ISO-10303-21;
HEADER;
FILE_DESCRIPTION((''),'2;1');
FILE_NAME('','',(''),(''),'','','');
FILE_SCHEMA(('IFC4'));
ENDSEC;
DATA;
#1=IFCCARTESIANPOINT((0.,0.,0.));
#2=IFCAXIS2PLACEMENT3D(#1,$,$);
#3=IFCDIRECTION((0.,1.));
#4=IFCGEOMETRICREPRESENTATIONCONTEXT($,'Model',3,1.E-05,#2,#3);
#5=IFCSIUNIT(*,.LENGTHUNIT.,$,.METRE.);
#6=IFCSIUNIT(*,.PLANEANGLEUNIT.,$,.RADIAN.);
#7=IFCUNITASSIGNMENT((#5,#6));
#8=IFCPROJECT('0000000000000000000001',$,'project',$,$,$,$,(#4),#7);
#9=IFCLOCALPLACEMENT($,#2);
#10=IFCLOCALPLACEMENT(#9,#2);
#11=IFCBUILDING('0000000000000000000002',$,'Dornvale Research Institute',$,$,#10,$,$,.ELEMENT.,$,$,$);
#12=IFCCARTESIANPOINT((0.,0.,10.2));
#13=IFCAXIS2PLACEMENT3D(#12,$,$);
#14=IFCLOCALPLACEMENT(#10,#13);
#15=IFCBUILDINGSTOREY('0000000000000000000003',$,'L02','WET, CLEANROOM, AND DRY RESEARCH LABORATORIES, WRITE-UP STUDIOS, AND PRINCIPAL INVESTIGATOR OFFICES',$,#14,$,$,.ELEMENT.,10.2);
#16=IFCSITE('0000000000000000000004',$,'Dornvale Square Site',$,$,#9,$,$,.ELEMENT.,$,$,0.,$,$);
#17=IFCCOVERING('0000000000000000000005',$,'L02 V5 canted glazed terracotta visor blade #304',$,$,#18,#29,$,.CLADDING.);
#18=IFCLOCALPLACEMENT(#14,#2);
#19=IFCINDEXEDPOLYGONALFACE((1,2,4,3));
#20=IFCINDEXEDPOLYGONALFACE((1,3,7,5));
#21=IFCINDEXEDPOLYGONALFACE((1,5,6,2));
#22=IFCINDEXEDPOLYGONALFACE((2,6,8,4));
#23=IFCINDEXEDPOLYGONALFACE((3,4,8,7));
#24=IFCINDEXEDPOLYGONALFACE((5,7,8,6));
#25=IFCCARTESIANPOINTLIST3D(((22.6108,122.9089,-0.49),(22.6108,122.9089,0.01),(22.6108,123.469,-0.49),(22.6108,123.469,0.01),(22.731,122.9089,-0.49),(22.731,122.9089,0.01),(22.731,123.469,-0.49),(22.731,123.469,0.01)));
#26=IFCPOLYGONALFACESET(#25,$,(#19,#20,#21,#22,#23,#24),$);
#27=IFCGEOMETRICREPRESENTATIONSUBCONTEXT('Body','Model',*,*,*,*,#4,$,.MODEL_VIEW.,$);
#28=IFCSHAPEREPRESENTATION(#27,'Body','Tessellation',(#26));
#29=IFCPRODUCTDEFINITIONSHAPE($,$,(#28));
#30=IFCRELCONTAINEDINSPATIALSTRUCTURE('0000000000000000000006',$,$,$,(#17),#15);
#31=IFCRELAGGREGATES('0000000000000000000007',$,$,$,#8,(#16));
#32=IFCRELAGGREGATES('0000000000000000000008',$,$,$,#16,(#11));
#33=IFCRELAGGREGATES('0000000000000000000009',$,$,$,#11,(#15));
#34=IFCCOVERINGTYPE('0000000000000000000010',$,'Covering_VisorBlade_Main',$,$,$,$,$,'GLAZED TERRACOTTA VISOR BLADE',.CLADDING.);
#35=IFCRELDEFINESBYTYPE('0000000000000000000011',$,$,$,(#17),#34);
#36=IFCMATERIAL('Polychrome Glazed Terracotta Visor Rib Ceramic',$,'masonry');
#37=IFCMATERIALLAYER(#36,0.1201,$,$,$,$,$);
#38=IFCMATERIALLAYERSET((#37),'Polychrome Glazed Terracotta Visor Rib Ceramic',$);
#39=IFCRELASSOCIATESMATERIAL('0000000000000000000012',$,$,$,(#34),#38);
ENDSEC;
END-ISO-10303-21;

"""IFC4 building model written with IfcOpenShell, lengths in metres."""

from ifc_helpers import new_model, si_unit, direction, frame, origin, origin_2d, place, context, subcontext, project, spatial, rectangle, extrude, material, layer, layer_set, type_object, element, save


model = new_model("IFC4")

# Units and contexts
model_context = context("Model", 3, precision=1e-05, world=origin(), true_north=direction((0.0, 1.0)))
body_context = subcontext(model_context, "Body", "Model", "MODEL_VIEW")
ifc_project = project(units=[si_unit("LENGTHUNIT", "METRE"), si_unit("PLANEANGLEUNIT", "RADIAN")], contexts=[model_context])

# Site, building, storey
site_placement = place(None, origin())
site = spatial("IfcSite", under=ifc_project, at=site_placement, Name="Dornvale Square Site", CompositionType="ELEMENT", RefElevation=0.0)
building_placement = place(site_placement, origin())
building = spatial("IfcBuilding", under=site, at=building_placement, Name="Dornvale Research Institute", CompositionType="ELEMENT")
storey_placement = place(building_placement, frame((0.0, 0.0, 10.2)))
storey = spatial("IfcBuildingStorey", under=building, at=storey_placement, Name="L02", Description="WET, CLEANROOM, AND DRY RESEARCH LABORATORIES, WRITE-UP STUDIOS, AND PRINCIPAL INVESTIGATOR OFFICES", CompositionType="ELEMENT", Elevation=10.2)

# Covering
ifc_material_1 = material(Name="Polychrome Glazed Terracotta Visor Rib Ceramic", Category="masonry")
ifc_layer_1 = layer(ifc_material_1, 0.1201)
ifc_layer_set_1 = layer_set([ifc_layer_1], Name="Polychrome Glazed Terracotta Visor Rib Ceramic")
covering_type = type_object("IfcCoveringType", Name="Covering_VisorBlade_Main", ElementType="GLAZED TERRACOTTA VISOR BLADE", PredefinedType="CLADDING", material=ifc_layer_set_1)
for number, where, z_axis, x_axis, name in (
    (1, (22.6709, 123.189, -0.49), (0.0, 0.0, 1.0), (0.0, 1.0, 0.0), "L02 V5 canted glazed terracotta visor blade #304"),
):
    element("IfcCovering", number, at=place(storey_placement, frame(where, z_axis=z_axis, x_axis=x_axis)), inside=storey, type_object=covering_type, Name=name, PredefinedType="CLADDING", context=body_context, shape_type="SweptSolid", body=[
        extrude(rectangle(XDim=0.5601, YDim=0.1201, at=origin_2d()), origin(), (0.0, 0.0, 1.0), 0.5),
    ])

save(model, "model.ifc")
